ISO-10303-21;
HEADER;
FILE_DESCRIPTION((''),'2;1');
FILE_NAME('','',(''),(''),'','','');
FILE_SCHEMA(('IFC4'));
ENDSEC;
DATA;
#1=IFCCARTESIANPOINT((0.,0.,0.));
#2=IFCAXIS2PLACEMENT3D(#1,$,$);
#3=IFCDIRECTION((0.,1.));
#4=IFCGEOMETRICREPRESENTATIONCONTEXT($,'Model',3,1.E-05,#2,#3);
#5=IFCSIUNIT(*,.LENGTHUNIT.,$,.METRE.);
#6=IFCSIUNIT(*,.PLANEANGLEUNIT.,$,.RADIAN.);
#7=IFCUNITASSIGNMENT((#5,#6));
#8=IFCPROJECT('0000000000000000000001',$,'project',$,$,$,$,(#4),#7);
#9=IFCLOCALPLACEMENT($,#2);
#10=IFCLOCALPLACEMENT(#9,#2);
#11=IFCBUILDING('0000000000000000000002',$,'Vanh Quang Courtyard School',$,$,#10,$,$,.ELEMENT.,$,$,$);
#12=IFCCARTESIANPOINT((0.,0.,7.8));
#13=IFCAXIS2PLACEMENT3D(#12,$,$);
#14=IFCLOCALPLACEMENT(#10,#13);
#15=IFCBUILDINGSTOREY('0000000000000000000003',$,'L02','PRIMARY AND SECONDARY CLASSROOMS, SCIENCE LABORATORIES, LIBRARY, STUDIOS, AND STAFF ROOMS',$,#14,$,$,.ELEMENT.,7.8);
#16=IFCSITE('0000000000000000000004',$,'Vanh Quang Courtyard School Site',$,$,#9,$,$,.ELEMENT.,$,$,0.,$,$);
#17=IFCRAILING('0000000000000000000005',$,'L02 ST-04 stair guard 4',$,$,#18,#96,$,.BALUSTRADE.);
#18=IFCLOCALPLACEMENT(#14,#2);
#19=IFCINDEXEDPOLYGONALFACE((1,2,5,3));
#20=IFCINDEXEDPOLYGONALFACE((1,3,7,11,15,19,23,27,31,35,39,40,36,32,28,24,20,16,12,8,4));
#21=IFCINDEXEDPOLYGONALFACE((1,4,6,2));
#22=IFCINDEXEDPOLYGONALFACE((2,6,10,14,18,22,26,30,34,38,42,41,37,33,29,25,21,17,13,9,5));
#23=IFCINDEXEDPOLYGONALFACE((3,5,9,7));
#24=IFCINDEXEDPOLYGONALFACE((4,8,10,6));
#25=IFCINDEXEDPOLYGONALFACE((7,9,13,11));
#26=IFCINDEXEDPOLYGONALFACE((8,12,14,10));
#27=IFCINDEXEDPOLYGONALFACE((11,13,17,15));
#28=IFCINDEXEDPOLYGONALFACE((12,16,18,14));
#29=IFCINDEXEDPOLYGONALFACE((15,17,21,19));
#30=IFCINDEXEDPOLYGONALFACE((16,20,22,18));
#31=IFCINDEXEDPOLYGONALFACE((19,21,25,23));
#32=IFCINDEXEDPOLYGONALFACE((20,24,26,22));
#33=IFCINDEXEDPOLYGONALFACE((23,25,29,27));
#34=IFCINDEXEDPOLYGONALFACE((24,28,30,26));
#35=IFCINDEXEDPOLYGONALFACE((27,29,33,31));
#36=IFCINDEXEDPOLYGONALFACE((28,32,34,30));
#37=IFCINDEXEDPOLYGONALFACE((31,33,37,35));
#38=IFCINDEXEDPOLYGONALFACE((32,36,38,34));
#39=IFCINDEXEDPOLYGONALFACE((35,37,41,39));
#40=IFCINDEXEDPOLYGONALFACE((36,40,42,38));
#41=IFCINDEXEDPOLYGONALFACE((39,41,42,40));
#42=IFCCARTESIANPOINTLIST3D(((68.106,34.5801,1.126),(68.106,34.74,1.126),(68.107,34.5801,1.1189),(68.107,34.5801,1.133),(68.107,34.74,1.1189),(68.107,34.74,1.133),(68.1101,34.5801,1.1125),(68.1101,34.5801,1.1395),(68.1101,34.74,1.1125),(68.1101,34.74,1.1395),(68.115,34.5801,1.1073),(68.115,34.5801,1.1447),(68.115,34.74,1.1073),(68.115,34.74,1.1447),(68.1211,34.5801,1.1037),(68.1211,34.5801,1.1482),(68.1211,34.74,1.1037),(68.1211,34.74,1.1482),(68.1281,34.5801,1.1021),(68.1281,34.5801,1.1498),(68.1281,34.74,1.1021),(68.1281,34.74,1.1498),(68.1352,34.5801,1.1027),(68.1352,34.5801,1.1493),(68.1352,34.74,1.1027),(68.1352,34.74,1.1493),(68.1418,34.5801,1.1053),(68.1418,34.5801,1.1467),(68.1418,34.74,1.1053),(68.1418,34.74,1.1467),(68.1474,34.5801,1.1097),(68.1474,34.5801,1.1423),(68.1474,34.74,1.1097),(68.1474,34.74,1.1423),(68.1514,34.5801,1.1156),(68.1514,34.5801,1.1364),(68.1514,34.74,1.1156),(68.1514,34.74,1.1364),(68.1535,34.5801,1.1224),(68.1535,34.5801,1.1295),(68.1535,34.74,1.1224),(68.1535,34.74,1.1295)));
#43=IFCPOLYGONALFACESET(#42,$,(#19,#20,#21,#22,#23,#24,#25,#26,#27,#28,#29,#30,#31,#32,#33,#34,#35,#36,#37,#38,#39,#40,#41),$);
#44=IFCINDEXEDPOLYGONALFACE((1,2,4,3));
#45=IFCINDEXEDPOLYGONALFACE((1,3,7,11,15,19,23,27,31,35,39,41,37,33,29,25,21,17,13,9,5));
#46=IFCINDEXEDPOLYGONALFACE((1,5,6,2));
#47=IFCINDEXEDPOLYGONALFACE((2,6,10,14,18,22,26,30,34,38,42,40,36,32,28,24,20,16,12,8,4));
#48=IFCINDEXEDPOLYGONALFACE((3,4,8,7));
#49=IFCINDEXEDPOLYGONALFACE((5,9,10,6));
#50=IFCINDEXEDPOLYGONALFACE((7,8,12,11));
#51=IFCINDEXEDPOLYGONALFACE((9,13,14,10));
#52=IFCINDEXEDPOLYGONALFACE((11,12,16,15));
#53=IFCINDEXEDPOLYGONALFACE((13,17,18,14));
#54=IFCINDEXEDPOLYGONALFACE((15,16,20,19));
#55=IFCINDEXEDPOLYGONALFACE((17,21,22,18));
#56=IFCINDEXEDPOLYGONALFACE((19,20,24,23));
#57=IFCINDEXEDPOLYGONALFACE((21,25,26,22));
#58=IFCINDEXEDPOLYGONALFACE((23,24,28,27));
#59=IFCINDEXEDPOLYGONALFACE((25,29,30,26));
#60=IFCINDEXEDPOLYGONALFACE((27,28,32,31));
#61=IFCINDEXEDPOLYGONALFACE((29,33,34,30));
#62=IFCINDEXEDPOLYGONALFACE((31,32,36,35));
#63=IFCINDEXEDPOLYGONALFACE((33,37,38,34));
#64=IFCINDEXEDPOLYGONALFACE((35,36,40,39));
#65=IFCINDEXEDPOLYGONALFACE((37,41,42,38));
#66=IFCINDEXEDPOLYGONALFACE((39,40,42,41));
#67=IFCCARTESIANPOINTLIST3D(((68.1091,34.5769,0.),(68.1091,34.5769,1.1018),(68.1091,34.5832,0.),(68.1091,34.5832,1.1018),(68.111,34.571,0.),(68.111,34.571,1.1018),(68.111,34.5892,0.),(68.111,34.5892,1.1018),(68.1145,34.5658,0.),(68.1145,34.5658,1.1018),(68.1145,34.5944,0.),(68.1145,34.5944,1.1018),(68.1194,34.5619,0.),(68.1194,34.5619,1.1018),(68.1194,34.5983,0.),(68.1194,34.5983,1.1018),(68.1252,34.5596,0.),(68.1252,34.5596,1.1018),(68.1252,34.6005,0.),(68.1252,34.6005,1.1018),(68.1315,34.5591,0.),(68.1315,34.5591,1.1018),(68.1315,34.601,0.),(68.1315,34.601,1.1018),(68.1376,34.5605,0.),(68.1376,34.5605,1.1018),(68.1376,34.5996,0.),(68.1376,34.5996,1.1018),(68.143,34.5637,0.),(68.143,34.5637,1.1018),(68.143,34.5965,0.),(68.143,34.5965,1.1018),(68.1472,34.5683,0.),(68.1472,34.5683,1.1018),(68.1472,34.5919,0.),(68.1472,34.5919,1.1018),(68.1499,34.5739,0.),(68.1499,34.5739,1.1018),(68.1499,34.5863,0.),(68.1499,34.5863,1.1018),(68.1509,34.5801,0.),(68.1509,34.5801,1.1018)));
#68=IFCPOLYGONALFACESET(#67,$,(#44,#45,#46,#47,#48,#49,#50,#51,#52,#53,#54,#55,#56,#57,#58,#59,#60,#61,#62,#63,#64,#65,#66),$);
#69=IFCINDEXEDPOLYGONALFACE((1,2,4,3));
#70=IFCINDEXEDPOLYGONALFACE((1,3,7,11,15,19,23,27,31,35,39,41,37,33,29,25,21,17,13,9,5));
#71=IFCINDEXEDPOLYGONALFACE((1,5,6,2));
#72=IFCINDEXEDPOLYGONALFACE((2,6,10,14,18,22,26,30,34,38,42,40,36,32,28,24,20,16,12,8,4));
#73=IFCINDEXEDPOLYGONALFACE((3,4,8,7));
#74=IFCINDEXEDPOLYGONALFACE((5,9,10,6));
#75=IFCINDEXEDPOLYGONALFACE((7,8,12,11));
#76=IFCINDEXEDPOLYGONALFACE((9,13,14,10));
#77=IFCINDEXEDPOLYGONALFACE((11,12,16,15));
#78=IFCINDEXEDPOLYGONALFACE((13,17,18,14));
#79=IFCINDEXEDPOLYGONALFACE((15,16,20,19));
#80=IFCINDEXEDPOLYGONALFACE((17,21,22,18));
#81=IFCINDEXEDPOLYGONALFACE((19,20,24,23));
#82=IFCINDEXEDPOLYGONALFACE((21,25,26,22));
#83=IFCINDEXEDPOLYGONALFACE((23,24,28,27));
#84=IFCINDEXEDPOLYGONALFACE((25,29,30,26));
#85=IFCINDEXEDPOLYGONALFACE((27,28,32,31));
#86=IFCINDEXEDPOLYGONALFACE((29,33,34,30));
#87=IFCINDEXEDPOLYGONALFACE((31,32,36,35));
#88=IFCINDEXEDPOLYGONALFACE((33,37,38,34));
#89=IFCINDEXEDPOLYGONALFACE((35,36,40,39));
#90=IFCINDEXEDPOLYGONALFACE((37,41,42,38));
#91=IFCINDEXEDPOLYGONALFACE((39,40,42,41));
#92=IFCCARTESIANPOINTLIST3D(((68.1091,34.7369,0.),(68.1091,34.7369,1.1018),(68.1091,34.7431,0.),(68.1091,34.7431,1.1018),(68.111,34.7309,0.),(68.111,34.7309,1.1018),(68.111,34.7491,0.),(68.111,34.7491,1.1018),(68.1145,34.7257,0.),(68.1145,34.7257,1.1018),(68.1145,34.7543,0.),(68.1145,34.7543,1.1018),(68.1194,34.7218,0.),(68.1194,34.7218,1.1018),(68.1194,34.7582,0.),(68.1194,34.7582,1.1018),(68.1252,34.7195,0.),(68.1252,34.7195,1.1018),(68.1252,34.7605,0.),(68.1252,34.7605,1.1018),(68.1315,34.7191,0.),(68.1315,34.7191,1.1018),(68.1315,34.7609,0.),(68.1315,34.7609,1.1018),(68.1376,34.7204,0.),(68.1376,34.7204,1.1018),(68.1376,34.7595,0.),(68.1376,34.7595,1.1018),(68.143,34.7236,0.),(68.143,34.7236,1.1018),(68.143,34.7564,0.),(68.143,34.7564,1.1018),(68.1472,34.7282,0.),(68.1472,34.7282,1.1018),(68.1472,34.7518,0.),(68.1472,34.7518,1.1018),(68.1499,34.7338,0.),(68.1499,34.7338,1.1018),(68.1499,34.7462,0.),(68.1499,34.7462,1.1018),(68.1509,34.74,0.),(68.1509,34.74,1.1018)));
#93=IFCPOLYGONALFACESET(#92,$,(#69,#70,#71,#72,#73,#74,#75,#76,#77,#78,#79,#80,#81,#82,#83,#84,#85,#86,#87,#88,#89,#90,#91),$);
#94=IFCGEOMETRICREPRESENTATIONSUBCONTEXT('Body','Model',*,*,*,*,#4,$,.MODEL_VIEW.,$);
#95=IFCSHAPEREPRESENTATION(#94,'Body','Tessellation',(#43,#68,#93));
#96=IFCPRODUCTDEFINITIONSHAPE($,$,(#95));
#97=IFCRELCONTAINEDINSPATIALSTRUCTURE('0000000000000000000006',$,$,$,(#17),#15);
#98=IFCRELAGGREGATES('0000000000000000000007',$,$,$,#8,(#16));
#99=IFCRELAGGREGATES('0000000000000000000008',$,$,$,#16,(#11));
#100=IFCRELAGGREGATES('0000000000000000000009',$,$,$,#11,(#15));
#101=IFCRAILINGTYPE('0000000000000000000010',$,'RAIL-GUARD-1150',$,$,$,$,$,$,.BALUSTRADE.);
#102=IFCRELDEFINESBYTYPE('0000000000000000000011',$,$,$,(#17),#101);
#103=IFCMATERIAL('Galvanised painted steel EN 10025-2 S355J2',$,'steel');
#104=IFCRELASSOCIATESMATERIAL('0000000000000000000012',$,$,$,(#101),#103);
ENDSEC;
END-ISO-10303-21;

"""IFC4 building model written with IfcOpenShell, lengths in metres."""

from ifc_helpers import new_model, si_unit, direction, frame, origin, origin_2d, place, context, subcontext, project, spatial, circle, extrude, material, type_object, element, save


model = new_model("IFC4")

# Units and contexts
model_context = context("Model", 3, precision=1e-05, world=origin(), true_north=direction((0.0, 1.0)))
body_context = subcontext(model_context, "Body", "Model", "MODEL_VIEW")
ifc_project = project(units=[si_unit("LENGTHUNIT", "METRE"), si_unit("PLANEANGLEUNIT", "RADIAN")], contexts=[model_context])

# Site, building, storey
site_placement = place(None, origin())
site = spatial("IfcSite", under=ifc_project, at=site_placement, Name="Vanh Quang Courtyard School Site", CompositionType="ELEMENT", RefElevation=0.0)
building_placement = place(site_placement, origin())
building = spatial("IfcBuilding", under=site, at=building_placement, Name="Vanh Quang Courtyard School", CompositionType="ELEMENT")
storey_placement = place(building_placement, frame((0.0, 0.0, 7.8)))
storey = spatial("IfcBuildingStorey", under=building, at=storey_placement, Name="L02", Description="PRIMARY AND SECONDARY CLASSROOMS, SCIENCE LABORATORIES, LIBRARY, STUDIOS, AND STAFF ROOMS", CompositionType="ELEMENT", Elevation=7.8)

# Railing
ifc_material_1 = material(Name="Galvanised painted steel EN 10025-2 S355J2", Category="steel")
railing_type_1 = type_object("IfcRailingType", Name="RAIL-GUARD-1150", PredefinedType="BALUSTRADE", material=ifc_material_1)
railing_1_placement = place(storey_placement, frame((68.1299, 34.5801, 0.0)))
element("IfcRailing", 1, at=railing_1_placement, inside=storey, type_object=railing_type_1, Name="L02 ST-04 stair guard 4", PredefinedType="BALUSTRADE", context=body_context, shape_type="SweptSolid", body=[
    extrude(circle(Radius=0.0239, at=origin_2d()), frame((0.0, 0.0, 1.126), z_axis=(0.0, 1.0, 0.0), x_axis=(-1.0, 0.0, 0.0)), (0.0, 0.0, 1.0), 0.1599),
    extrude(circle(Radius=0.021, at=origin_2d()), origin(), (0.0, 0.0, 1.0), 1.1018),
    extrude(circle(Radius=0.021, at=origin_2d()), frame((0.0, 0.1599, 0.0)), (0.0, 0.0, 1.0), 1.1018),
])

save(model, "model.ifc")
